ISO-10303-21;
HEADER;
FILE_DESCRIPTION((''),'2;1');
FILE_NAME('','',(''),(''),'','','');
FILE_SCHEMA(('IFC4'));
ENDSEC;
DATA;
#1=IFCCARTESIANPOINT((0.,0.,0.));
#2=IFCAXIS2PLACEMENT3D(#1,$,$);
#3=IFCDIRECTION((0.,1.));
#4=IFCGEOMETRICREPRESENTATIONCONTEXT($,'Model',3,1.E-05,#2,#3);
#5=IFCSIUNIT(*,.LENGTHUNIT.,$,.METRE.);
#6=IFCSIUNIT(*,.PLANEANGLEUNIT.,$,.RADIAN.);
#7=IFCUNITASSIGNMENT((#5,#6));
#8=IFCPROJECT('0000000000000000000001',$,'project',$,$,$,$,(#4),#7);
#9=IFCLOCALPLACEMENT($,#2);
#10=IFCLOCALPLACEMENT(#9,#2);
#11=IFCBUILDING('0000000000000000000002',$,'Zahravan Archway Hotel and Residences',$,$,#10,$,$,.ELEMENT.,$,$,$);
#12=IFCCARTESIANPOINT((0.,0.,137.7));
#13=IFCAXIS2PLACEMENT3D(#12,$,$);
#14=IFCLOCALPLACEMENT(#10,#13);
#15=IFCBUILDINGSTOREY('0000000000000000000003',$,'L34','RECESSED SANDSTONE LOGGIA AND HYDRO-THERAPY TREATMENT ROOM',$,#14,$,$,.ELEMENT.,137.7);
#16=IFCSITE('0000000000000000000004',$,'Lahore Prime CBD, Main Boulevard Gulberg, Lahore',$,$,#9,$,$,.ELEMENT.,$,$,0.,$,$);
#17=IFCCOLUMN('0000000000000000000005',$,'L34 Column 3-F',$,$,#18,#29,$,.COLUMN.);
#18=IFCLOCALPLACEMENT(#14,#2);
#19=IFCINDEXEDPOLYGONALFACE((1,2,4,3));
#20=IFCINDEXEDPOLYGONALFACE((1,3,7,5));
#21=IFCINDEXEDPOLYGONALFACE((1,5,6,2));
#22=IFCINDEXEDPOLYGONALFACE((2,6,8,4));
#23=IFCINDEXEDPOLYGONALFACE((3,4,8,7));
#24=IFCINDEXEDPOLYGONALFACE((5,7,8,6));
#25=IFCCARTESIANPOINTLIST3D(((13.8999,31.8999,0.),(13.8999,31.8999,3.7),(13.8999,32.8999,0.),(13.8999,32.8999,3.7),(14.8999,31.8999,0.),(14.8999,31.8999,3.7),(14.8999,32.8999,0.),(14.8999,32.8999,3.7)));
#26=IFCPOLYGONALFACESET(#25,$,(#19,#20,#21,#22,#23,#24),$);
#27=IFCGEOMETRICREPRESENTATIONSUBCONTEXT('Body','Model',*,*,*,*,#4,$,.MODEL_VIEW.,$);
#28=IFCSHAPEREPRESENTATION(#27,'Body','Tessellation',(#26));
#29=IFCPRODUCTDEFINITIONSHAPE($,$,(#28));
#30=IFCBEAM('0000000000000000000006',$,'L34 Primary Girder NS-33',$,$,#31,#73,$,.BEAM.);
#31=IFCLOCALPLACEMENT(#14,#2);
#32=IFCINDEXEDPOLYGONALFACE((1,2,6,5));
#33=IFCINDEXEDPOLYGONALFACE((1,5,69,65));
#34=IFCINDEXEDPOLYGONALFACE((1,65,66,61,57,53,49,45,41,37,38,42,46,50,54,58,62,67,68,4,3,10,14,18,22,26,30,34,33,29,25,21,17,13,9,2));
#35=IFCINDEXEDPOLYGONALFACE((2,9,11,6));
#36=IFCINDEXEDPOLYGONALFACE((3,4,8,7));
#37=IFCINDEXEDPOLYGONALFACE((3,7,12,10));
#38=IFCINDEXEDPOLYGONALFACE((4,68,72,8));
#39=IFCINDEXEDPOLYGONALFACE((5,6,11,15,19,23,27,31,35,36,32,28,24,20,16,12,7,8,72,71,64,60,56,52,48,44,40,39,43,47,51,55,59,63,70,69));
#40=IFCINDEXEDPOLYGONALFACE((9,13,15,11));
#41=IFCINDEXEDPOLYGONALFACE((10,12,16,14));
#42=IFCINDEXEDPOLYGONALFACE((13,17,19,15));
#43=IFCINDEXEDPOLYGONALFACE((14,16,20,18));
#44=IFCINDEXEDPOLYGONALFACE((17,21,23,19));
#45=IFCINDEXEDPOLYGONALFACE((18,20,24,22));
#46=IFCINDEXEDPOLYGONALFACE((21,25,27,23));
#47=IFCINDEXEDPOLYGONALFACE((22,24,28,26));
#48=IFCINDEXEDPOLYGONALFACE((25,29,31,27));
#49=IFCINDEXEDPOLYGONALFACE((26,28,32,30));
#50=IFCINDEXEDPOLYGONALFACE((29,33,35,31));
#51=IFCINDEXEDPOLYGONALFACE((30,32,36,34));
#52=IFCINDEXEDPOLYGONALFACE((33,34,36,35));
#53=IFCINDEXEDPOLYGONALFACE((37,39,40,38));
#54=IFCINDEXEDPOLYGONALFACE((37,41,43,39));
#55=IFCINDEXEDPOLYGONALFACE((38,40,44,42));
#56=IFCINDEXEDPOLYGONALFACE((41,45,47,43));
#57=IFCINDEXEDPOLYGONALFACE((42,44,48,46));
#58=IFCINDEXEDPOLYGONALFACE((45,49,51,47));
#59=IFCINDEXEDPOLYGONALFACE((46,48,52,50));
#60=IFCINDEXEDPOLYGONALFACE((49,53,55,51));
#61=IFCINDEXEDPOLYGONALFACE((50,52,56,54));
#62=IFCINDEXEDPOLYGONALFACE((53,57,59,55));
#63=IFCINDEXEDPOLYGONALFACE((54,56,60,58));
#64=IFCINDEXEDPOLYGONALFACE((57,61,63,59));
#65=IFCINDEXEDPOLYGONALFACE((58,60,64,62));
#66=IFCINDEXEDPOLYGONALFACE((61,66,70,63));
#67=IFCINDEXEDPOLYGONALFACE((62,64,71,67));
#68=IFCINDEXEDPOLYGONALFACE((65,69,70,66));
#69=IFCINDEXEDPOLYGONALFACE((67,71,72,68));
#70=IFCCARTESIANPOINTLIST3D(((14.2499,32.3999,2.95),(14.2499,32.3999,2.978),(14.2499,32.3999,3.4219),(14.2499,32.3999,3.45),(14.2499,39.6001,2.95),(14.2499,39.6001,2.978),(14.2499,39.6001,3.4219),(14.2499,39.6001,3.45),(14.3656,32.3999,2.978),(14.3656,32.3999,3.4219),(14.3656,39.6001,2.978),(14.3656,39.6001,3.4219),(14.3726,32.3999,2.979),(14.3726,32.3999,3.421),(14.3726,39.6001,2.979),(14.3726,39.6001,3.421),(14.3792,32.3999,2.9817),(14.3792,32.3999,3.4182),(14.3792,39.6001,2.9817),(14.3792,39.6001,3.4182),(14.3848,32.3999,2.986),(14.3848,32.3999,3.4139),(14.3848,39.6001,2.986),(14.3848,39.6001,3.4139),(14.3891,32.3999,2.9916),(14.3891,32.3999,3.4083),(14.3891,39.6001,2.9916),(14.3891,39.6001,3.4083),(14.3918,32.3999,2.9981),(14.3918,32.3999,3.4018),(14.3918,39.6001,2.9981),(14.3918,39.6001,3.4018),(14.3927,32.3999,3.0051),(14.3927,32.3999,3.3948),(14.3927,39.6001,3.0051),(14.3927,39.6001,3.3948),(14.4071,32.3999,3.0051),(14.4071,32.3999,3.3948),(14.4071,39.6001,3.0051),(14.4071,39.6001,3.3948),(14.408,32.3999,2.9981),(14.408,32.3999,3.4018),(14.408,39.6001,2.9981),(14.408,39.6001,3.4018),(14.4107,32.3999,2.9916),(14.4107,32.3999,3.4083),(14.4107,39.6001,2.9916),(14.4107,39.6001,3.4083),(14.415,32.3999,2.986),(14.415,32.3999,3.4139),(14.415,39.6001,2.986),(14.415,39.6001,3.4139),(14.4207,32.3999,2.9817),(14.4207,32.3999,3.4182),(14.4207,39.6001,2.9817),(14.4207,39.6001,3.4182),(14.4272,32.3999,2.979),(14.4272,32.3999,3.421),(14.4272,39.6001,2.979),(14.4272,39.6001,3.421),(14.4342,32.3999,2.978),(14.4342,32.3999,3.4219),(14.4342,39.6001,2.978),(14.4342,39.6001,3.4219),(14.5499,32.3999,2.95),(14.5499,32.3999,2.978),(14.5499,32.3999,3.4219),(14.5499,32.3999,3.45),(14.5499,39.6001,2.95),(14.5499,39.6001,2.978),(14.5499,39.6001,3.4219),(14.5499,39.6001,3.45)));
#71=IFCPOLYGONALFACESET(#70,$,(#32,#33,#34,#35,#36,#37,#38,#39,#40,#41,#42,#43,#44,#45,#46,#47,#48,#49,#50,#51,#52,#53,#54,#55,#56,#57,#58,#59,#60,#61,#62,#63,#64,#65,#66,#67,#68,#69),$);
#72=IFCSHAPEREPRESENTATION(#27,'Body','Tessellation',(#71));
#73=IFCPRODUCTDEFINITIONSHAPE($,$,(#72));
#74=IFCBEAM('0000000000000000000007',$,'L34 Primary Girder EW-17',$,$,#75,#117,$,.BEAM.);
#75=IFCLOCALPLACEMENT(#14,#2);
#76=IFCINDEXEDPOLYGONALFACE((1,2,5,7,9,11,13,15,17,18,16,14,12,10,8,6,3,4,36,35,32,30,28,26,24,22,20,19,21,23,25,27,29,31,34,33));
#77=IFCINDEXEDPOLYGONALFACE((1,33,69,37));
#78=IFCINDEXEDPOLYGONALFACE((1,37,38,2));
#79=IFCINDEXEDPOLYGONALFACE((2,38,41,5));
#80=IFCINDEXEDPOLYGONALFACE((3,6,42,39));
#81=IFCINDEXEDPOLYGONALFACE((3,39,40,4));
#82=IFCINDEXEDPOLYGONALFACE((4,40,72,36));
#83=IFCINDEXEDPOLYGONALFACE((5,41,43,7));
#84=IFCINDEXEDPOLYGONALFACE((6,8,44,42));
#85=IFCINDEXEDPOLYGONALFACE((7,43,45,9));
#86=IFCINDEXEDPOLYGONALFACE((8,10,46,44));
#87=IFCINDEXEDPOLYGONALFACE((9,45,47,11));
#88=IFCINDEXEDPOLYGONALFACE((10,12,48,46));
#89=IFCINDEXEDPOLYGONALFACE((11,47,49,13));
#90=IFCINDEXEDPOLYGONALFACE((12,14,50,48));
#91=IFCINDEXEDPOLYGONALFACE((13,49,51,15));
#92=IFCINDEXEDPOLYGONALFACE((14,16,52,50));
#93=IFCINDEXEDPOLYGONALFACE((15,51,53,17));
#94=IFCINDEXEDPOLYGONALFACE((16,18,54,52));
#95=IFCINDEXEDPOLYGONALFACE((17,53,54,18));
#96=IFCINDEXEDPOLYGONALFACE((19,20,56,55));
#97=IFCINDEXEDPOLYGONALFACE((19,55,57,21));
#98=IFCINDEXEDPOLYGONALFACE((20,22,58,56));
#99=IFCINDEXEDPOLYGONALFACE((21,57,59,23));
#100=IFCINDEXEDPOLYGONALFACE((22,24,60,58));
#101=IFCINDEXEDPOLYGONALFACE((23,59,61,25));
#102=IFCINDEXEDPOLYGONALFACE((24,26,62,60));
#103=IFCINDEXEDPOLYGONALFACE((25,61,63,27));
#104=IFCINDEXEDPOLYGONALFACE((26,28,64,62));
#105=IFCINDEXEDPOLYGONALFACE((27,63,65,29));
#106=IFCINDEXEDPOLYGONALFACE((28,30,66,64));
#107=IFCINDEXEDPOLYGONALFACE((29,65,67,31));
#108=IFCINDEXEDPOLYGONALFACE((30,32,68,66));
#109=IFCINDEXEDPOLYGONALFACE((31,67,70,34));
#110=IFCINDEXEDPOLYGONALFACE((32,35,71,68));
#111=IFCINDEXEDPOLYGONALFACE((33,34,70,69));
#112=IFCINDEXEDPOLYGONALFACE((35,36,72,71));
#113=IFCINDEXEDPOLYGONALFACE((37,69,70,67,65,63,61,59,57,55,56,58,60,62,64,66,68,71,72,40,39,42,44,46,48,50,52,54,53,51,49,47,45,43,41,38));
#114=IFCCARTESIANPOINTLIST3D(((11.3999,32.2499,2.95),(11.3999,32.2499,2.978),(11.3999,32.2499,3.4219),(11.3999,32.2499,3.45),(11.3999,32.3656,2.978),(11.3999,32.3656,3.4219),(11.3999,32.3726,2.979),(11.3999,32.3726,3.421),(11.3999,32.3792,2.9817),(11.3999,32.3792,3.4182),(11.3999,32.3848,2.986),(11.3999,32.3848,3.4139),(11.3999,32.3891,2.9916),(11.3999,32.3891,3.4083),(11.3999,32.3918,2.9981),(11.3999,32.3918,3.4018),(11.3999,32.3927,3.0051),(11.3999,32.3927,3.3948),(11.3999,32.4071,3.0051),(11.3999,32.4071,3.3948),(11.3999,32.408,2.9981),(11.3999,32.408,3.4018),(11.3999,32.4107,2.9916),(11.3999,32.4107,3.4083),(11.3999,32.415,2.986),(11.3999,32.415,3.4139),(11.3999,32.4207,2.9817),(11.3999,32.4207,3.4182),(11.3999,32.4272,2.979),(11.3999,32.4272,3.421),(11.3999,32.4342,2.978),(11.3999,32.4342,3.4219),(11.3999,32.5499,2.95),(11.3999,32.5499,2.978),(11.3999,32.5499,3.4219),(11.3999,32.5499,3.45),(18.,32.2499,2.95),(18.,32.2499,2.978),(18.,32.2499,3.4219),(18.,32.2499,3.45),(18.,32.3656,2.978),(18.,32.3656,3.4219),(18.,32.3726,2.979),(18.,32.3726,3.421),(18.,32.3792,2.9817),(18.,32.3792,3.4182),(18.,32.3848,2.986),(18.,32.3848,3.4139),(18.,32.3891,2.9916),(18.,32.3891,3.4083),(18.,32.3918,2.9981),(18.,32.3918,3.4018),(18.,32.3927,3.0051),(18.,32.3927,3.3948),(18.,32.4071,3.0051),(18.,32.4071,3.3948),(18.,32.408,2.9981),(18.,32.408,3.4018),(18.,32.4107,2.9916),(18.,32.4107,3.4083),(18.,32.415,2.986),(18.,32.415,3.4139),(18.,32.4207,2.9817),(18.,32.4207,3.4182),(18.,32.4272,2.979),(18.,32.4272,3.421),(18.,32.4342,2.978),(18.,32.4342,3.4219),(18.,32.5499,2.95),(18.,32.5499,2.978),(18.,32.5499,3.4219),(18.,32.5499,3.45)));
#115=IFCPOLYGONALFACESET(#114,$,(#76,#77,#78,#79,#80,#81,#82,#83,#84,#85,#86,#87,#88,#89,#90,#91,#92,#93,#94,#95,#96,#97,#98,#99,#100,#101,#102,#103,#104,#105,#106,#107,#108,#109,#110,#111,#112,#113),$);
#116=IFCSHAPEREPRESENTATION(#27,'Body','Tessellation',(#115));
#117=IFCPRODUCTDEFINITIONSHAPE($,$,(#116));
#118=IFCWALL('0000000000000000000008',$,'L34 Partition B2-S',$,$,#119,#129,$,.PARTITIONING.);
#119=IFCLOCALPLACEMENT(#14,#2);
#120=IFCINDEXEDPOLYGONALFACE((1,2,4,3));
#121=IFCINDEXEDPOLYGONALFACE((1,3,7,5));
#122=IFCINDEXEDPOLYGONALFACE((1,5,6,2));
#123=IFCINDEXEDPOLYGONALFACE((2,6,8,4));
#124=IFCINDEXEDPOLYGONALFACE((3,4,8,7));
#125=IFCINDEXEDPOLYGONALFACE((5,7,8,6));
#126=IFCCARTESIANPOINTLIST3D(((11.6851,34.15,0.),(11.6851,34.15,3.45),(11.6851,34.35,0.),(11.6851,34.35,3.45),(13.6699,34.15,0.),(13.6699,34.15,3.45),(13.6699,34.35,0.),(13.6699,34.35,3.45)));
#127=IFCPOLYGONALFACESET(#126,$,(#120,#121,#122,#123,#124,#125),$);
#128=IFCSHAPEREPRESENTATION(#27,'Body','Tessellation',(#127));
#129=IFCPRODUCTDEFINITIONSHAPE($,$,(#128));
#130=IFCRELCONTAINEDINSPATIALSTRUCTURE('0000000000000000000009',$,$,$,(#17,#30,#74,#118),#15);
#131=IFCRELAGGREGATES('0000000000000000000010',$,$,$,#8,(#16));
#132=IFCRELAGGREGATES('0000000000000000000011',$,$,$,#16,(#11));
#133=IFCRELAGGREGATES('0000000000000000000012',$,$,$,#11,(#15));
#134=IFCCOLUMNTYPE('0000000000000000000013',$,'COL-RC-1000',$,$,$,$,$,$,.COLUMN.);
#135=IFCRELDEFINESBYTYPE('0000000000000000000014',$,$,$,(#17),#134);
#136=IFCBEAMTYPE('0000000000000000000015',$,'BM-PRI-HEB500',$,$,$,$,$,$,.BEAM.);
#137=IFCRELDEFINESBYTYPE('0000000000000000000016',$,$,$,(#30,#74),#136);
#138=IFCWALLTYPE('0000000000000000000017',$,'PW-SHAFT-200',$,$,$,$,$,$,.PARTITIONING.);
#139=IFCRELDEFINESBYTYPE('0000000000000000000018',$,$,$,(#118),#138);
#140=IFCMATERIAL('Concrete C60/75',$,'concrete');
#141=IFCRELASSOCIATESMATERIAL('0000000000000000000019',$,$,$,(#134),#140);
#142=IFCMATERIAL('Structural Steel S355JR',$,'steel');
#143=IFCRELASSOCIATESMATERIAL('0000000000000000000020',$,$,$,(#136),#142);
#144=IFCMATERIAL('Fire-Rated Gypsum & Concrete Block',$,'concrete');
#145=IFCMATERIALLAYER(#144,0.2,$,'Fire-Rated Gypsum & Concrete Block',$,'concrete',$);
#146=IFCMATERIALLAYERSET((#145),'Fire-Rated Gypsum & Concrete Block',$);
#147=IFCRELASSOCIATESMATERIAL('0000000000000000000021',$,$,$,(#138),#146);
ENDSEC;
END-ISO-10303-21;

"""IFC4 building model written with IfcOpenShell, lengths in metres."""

from ifc_helpers import new_model, si_unit, direction, frame, frame_2d, origin, origin_2d, place, context, subcontext, project, spatial, rectangle, i_section, extrude, source, transform, mapped, material, layer, layer_set, material_profile, profile_set, type_object, type_shapes, element, save


model = new_model("IFC4")

# Units and contexts
model_context = context("Model", 3, precision=1e-05, world=origin(), true_north=direction((0.0, 1.0)))
body_context = subcontext(model_context, "Body", "Model", "MODEL_VIEW")
ifc_project = project(units=[si_unit("LENGTHUNIT", "METRE"), si_unit("PLANEANGLEUNIT", "RADIAN")], contexts=[model_context])

# Site, building, storey
site_placement = place(None, origin())
site = spatial("IfcSite", under=ifc_project, at=site_placement, Name="Lahore Prime CBD, Main Boulevard Gulberg, Lahore", CompositionType="ELEMENT", RefElevation=0.0)
building_placement = place(site_placement, origin())
building = spatial("IfcBuilding", under=site, at=building_placement, Name="Zahravan Archway Hotel and Residences", CompositionType="ELEMENT")
storey_placement = place(building_placement, frame((0.0, 0.0, 137.7)))
storey = spatial("IfcBuildingStorey", under=building, at=storey_placement, Name="L34", Description="RECESSED SANDSTONE LOGGIA AND HYDRO-THERAPY TREATMENT ROOM", CompositionType="ELEMENT", Elevation=137.7)

# Column
ifc_material_1 = material(Name="Concrete C60/75", Category="concrete")
ifc_material_profile_1 = material_profile(ifc_material_1, rectangle(XDim=1.0, YDim=1.0, at=origin_2d()), Name="RC-COL-1000x1000", Category="concrete")
ifc_profile_set_1 = profile_set([ifc_material_profile_1], Name="Concrete C60/75")
column_type = type_object("IfcColumnType", Name="COL-RC-1000", PredefinedType="COLUMN", material=ifc_profile_set_1)
shared_shape_1 = source(origin(), body_context, "Body", "SweptSolid", [
    extrude(rectangle(XDim=1.0, YDim=1.0, at=origin_2d()), origin(), (0.0, 0.0, 1.0), 3.7),
])
type_shapes(column_type, [shared_shape_1])
column_placement = place(storey_placement, frame((14.3999, 32.3999, 0.0), z_axis=(0.0, 0.0, 1.0), x_axis=(1.0, 0.0, 0.0)))
element("IfcColumn", 1, at=column_placement, inside=storey, type_object=column_type, Name="L34 Column 3-F", PredefinedType="COLUMN", context=body_context, shape_type="MappedRepresentation", body=[
    mapped(shared_shape_1, transform((0.0, 0.0, 0.0), scale=1.0)),
])

# Beams
ifc_material_2 = material(Name="Structural Steel S355JR", Category="steel")
ifc_material_profile_2 = material_profile(ifc_material_2, i_section(OverallWidth=0.3, OverallDepth=0.5, WebThickness=0.0144, FlangeThickness=0.0281, FilletRadius=0.0271, at=origin_2d()), Name="HEB 500", Category="steel")
ifc_profile_set_2 = profile_set([ifc_material_profile_2], Name="Structural Steel S355JR")
beam_type = type_object("IfcBeamType", Name="BM-PRI-HEB500", PredefinedType="BEAM", material=ifc_profile_set_2)
shared_shape_2 = source(origin(), body_context, "Body", "SweptSolid", [
    extrude(i_section(OverallWidth=0.3, OverallDepth=0.5, WebThickness=0.0144, FlangeThickness=0.0281, FilletRadius=0.0271, at=origin_2d()), origin(), (0.0, 0.0, 1.0), 7.2002),
])
type_shapes(beam_type, [shared_shape_2])
beam_1_placement = place(storey_placement, frame((14.3999, 32.3999, 3.2), z_axis=(0.0, 1.0, 0.0), x_axis=(-1.0, 0.0, 0.0)))
element("IfcBeam", 2, at=beam_1_placement, inside=storey, type_object=beam_type, Name="L34 Primary Girder NS-33", PredefinedType="BEAM", context=body_context, shape_type="MappedRepresentation", body=[
    mapped(shared_shape_2, transform((0.0, 0.0, 0.0), scale=1.0)),
])
shared_shape_3 = source(origin(), body_context, "Body", "SweptSolid", [
    extrude(i_section(OverallWidth=0.3, OverallDepth=0.5, WebThickness=0.0144, FlangeThickness=0.0281, FilletRadius=0.0271, at=origin_2d()), origin(), (0.0, 0.0, 1.0), 6.6001),
])
beam_2_placement = place(storey_placement, frame((11.3999, 32.3999, 3.2), z_axis=(1.0, 0.0, 0.0), x_axis=(0.0, 1.0, 0.0)))
element("IfcBeam", 3, at=beam_2_placement, inside=storey, type_object=beam_type, Name="L34 Primary Girder EW-17", PredefinedType="BEAM", context=body_context, shape_type="MappedRepresentation", body=[
    mapped(shared_shape_3, transform((0.0, 0.0, 0.0), scale=1.0)),
])

# Wall
ifc_material_3 = material(Name="Fire-Rated Gypsum & Concrete Block", Category="concrete")
ifc_layer_1 = layer(ifc_material_3, 0.2, Name="Fire-Rated Gypsum & Concrete Block", Category="concrete")
ifc_layer_set_1 = layer_set([ifc_layer_1], Name="Fire-Rated Gypsum & Concrete Block")
wall_type_1 = type_object("IfcWallType", Name="PW-SHAFT-200", PredefinedType="PARTITIONING", material=ifc_layer_set_1)
wall_1_placement = place(storey_placement, frame((11.6851, 34.25, 0.0), z_axis=(0.0, 0.0, 1.0), x_axis=(1.0, 0.0, 0.0)))
element("IfcWall", 4, at=wall_1_placement, inside=storey, type_object=wall_type_1, Name="L34 Partition B2-S", PredefinedType="PARTITIONING", context=body_context, shape_type="SweptSolid", body=[
    extrude(rectangle(XDim=1.9849, YDim=0.2, at=frame_2d((0.9924, 0.0))), origin(), (0.0, 0.0, 1.0), 3.45),
])

save(model, "model.ifc")
